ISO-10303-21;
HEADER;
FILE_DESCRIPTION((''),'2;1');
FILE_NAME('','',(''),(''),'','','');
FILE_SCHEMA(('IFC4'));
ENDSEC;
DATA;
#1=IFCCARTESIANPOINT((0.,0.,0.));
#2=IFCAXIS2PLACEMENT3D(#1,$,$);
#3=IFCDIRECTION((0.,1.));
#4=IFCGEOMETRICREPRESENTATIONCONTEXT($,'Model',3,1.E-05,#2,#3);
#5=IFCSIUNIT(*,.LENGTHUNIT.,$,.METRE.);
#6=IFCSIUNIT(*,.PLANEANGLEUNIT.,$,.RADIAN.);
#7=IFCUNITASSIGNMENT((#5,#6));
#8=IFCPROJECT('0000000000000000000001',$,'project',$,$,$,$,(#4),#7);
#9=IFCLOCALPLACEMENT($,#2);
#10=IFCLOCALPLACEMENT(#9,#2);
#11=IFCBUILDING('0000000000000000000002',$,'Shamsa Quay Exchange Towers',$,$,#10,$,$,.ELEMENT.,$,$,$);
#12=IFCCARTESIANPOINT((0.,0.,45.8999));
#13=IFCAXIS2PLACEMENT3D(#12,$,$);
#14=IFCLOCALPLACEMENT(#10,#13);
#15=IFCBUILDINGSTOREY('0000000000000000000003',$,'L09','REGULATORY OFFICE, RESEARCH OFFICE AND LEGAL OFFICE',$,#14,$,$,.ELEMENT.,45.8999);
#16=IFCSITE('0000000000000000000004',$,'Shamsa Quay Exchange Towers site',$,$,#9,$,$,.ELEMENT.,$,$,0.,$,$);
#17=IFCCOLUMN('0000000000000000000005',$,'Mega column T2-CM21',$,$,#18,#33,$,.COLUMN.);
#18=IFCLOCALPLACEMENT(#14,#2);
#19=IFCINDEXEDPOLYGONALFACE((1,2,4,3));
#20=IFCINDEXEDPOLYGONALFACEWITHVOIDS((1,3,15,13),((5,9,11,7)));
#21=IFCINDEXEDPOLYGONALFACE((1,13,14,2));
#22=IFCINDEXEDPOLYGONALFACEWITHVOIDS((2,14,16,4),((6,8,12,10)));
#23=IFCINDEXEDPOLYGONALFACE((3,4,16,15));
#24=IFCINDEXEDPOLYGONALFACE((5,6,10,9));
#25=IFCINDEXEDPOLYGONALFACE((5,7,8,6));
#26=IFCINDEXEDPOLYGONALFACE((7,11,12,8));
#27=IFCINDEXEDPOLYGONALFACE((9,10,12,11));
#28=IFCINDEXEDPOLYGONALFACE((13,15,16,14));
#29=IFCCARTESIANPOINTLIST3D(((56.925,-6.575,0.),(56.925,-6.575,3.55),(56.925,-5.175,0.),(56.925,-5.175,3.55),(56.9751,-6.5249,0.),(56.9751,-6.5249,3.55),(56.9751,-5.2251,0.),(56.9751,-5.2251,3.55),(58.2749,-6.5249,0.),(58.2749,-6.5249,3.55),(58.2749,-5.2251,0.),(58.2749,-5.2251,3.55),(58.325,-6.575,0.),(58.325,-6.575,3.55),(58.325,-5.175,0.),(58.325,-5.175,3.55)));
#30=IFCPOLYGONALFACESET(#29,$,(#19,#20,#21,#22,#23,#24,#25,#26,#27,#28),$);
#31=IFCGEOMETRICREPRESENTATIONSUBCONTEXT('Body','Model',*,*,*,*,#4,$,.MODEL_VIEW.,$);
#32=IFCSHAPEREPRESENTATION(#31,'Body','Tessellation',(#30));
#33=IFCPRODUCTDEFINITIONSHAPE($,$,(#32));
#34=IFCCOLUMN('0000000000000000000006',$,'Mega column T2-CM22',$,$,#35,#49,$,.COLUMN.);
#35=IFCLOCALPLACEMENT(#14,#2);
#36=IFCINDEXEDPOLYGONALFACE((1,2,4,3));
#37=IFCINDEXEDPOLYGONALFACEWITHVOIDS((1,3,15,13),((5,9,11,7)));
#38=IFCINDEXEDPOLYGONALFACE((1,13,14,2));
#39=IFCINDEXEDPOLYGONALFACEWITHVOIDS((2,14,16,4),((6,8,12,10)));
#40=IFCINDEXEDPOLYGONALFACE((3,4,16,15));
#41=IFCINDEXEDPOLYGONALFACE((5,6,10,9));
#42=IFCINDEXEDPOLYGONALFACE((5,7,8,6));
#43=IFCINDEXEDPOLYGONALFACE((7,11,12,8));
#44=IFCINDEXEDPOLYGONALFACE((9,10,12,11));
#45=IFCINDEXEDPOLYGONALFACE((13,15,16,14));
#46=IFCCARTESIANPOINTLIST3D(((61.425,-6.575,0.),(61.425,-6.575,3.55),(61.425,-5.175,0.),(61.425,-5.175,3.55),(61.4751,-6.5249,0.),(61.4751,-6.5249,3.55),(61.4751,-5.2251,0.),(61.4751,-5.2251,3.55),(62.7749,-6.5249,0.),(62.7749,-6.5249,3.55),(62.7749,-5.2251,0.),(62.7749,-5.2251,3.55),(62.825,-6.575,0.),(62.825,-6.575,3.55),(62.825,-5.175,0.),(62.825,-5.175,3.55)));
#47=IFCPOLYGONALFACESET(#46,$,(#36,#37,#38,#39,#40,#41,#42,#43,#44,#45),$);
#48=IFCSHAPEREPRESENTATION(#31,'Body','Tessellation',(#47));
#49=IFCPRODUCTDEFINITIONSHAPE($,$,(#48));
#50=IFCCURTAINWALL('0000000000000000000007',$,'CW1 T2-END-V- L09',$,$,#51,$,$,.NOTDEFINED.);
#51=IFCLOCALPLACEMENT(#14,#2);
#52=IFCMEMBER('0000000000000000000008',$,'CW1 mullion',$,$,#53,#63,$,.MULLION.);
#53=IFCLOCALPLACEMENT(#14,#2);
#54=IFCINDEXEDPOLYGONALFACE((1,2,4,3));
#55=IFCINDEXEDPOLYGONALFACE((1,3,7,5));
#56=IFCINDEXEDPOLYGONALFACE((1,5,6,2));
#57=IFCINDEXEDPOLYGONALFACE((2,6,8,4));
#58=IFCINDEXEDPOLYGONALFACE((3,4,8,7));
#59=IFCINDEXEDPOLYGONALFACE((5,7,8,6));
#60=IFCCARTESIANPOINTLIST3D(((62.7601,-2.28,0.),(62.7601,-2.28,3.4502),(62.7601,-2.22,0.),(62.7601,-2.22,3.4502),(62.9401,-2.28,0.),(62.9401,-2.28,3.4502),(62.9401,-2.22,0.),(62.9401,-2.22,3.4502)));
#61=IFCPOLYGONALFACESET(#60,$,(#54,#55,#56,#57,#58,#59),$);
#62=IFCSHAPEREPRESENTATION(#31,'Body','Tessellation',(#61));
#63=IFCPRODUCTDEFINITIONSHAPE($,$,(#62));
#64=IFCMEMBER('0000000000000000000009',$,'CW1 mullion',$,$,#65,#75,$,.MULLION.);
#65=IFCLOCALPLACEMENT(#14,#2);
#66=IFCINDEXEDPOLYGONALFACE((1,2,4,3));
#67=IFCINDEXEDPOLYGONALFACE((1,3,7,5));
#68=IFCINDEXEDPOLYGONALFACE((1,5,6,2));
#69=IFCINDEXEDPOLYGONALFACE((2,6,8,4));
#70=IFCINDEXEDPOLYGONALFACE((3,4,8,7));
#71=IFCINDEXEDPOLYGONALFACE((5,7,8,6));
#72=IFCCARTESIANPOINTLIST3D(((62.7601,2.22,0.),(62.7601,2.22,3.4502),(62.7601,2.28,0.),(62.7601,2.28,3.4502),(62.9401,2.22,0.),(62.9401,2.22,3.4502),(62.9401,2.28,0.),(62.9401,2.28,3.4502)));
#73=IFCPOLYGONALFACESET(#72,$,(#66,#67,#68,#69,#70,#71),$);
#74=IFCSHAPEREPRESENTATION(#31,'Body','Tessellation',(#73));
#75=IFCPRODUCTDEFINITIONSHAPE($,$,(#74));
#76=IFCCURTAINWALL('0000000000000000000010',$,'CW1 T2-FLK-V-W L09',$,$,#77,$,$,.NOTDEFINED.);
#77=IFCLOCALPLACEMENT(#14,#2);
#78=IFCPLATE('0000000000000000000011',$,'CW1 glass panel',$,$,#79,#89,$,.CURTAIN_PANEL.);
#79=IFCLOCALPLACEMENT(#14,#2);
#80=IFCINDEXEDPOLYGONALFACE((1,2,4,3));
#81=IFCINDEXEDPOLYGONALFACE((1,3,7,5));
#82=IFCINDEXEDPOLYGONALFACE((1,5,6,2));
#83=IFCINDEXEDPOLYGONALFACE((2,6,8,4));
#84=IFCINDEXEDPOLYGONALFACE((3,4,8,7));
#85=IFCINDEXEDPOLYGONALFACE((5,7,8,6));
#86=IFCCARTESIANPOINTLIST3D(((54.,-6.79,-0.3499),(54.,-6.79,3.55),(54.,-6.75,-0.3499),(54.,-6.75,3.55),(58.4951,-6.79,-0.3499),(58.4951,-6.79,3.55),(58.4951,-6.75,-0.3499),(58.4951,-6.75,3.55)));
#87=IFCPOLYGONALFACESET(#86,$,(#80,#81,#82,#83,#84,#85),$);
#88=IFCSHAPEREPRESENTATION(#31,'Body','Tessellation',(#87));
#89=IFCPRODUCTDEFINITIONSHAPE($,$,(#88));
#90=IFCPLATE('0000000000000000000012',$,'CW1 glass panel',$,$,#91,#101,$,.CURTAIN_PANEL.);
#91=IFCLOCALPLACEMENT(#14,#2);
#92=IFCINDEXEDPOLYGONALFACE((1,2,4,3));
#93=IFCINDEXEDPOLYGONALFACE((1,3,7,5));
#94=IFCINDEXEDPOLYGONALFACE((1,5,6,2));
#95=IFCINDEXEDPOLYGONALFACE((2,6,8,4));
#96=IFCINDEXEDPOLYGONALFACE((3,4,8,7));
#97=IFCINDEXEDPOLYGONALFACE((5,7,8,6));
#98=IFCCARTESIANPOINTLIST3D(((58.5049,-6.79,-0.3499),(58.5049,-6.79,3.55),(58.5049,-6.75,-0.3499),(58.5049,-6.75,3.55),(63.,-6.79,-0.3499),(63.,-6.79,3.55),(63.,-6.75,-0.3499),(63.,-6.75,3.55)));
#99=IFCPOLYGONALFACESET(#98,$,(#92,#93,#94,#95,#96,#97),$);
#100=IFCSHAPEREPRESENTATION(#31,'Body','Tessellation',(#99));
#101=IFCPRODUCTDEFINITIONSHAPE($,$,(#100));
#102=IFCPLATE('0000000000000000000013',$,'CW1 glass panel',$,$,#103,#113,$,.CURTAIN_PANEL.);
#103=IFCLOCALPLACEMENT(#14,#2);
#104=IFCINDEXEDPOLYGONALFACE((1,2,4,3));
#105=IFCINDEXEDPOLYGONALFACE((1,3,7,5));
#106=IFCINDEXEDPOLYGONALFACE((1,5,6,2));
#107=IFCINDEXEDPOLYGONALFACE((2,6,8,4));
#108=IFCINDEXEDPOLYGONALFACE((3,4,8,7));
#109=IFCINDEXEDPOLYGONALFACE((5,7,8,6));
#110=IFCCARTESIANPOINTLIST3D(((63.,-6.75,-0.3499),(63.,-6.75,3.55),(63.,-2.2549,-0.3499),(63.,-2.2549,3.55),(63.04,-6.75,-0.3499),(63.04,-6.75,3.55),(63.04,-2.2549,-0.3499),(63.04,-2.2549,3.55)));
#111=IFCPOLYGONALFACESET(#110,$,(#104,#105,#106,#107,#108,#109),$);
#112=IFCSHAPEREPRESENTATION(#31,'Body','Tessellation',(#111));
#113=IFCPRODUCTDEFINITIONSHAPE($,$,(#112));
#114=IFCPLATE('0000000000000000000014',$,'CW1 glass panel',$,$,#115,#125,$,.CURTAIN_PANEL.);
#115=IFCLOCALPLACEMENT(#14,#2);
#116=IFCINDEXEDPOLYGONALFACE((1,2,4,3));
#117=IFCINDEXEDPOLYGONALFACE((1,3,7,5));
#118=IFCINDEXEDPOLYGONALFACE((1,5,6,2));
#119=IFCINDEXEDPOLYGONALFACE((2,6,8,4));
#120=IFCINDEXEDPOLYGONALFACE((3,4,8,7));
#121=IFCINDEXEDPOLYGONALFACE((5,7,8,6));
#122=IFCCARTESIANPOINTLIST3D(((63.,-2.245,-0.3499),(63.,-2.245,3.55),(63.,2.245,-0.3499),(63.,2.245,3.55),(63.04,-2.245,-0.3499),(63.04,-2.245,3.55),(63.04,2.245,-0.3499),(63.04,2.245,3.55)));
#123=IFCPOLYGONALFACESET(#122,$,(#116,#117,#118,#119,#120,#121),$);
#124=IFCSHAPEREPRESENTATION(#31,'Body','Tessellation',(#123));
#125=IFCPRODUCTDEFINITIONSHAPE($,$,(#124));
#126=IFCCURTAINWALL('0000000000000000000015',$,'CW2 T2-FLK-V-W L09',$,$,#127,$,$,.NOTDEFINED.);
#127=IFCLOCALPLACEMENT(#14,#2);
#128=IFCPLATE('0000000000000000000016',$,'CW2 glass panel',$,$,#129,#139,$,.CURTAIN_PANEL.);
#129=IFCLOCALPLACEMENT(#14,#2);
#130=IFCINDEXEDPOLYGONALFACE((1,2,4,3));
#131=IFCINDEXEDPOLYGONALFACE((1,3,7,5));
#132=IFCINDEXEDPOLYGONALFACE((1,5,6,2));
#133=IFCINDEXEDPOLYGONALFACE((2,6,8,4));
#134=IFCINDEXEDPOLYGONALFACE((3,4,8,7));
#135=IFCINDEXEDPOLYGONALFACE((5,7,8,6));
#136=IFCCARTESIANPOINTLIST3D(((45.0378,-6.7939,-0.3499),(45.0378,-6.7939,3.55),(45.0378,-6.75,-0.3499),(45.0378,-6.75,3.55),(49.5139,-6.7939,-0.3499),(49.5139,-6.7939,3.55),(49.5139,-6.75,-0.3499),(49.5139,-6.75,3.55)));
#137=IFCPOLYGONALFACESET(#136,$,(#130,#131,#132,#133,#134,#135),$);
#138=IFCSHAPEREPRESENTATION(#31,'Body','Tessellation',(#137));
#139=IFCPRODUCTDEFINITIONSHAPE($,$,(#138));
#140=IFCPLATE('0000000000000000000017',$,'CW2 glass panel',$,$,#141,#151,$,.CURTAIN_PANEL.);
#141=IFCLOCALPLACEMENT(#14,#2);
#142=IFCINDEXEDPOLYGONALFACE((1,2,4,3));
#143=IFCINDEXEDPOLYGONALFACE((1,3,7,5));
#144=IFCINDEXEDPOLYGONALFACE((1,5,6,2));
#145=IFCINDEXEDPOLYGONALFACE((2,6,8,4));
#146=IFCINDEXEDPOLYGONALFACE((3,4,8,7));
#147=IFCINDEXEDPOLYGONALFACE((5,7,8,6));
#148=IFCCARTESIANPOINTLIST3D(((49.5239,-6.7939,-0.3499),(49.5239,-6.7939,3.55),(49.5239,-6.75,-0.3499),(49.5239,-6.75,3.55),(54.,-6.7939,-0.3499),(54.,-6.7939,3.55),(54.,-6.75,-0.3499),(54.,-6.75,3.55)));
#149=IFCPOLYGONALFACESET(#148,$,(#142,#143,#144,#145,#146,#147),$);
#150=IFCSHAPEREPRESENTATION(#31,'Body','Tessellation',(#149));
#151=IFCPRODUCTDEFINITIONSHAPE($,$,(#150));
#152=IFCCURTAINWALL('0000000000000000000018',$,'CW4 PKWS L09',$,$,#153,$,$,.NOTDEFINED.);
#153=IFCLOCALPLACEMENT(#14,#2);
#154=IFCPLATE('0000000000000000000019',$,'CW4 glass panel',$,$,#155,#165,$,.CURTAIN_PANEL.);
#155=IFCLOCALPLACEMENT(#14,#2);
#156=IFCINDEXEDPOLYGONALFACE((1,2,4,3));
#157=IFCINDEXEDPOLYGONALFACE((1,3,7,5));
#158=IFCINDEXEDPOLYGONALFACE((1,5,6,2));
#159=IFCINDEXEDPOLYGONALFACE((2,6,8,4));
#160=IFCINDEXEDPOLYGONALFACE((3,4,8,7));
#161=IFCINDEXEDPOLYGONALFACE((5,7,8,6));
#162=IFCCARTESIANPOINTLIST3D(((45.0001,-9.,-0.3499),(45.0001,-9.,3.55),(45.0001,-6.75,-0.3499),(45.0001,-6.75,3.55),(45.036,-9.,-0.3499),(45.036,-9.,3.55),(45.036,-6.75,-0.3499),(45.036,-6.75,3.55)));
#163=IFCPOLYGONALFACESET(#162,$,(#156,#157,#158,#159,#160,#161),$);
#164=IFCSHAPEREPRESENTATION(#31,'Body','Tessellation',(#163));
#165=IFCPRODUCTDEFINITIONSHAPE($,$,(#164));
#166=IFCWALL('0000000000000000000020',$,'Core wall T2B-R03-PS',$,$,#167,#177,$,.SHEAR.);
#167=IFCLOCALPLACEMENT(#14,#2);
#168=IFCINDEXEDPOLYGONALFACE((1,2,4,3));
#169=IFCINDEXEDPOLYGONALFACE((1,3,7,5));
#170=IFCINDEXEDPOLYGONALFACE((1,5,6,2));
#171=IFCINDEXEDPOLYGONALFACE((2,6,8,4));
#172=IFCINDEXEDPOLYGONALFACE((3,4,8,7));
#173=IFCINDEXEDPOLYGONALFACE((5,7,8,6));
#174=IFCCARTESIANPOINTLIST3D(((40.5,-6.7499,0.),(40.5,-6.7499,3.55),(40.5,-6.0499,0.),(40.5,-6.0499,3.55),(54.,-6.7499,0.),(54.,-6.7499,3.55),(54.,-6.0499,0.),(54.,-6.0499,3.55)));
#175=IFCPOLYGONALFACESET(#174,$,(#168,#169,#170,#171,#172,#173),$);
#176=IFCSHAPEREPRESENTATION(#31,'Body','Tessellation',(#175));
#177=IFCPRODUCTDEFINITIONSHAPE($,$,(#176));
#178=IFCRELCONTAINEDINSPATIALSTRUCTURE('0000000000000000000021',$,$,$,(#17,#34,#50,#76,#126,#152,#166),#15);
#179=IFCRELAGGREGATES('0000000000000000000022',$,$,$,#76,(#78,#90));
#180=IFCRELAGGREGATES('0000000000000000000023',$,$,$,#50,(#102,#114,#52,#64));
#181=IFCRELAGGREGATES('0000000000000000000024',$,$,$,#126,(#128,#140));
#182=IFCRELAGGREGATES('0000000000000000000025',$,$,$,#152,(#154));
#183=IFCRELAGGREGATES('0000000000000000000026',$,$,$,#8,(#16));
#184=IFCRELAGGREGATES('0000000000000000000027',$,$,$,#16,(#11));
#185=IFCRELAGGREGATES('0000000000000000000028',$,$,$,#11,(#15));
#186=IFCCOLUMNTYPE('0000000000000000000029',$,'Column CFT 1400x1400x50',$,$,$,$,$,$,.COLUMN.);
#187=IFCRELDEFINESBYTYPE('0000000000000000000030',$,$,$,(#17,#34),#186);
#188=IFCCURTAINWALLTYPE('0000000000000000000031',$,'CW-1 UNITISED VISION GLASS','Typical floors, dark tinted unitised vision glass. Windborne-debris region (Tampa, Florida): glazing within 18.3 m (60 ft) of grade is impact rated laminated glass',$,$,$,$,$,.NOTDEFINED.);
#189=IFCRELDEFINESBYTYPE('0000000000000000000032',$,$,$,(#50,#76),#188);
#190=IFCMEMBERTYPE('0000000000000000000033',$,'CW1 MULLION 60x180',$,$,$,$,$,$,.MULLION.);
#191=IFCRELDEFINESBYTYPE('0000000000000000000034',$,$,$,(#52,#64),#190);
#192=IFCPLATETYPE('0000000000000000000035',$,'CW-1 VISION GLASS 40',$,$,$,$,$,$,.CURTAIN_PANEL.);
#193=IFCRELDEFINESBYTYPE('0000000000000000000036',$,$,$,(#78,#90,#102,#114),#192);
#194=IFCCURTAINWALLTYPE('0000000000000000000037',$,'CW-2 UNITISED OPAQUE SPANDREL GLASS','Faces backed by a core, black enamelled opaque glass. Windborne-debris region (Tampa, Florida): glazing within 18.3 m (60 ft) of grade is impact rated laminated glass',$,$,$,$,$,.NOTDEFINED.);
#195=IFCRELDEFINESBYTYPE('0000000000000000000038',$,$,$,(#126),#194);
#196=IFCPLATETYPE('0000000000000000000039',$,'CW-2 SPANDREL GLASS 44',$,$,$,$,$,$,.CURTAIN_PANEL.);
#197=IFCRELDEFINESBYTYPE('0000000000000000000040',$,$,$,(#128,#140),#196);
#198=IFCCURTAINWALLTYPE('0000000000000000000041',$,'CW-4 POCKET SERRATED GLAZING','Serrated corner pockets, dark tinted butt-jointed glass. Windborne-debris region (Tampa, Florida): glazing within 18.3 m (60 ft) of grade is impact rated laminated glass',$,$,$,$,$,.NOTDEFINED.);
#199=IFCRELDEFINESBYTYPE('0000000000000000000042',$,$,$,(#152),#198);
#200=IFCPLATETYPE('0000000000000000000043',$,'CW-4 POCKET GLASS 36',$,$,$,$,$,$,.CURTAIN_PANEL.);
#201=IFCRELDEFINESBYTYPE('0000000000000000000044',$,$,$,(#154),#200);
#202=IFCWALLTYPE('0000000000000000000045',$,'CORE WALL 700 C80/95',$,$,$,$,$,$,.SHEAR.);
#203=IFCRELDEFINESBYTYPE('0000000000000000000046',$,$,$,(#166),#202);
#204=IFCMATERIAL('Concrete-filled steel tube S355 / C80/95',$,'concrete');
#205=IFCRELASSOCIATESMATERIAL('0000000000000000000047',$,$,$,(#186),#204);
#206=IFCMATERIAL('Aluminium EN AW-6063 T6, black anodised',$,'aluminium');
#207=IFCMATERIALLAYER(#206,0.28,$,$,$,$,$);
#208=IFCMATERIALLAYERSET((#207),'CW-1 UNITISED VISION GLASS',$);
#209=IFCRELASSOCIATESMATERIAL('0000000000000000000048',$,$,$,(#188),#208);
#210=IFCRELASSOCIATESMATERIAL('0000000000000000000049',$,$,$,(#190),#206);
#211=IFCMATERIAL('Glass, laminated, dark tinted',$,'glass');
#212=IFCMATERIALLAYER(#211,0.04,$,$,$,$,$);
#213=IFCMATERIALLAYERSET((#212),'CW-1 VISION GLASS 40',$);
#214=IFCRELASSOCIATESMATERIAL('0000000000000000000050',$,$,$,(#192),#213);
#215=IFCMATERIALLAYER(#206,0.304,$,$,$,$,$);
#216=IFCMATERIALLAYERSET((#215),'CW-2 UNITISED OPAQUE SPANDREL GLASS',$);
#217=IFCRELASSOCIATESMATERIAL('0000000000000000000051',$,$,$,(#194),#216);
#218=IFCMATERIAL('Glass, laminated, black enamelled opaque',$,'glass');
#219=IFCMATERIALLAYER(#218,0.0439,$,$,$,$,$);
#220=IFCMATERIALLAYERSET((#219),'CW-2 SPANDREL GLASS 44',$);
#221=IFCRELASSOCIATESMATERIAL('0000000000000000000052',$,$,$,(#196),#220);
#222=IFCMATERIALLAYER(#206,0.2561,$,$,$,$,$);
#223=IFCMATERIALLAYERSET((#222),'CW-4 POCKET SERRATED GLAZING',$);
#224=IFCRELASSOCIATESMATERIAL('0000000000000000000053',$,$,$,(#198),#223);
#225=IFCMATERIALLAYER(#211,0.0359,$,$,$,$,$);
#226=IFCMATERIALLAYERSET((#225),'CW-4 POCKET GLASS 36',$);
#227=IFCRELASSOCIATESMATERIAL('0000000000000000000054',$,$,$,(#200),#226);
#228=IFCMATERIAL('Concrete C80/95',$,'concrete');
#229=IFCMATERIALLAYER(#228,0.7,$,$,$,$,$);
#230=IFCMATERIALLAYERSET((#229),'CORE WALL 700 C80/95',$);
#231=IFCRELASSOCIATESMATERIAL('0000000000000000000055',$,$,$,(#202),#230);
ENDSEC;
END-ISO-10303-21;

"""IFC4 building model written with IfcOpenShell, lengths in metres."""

from ifc_helpers import new_model, si_unit, direction, frame, frame_2d, origin, origin_2d, place, context, subcontext, project, spatial, rectangle, hollow_rectangle, extrude, material, layer, layer_set, material_profile, profile_set, type_object, element, aggregate, save


model = new_model("IFC4")

# Units and contexts
model_context = context("Model", 3, precision=1e-05, world=origin(), true_north=direction((0.0, 1.0)))
body_context = subcontext(model_context, "Body", "Model", "MODEL_VIEW")
ifc_project = project(units=[si_unit("LENGTHUNIT", "METRE"), si_unit("PLANEANGLEUNIT", "RADIAN")], contexts=[model_context])

# Site, building, storey
site_placement = place(None, origin())
site = spatial("IfcSite", under=ifc_project, at=site_placement, Name="Shamsa Quay Exchange Towers site", CompositionType="ELEMENT", RefElevation=0.0)
building_placement = place(site_placement, origin())
building = spatial("IfcBuilding", under=site, at=building_placement, Name="Shamsa Quay Exchange Towers", CompositionType="ELEMENT")
storey_placement = place(building_placement, frame((0.0, 0.0, 45.8999)))
storey = spatial("IfcBuildingStorey", under=building, at=storey_placement, Name="L09", Description="REGULATORY OFFICE, RESEARCH OFFICE AND LEGAL OFFICE", CompositionType="ELEMENT", Elevation=45.8999)

# Columns
ifc_material_1 = material(Name="Concrete-filled steel tube S355 / C80/95", Category="concrete")
ifc_material_profile_1 = material_profile(ifc_material_1, hollow_rectangle(XDim=1.3999, YDim=1.3999, WallThickness=0.05, at=origin_2d()), Name="CFT 1400x1400x50")
ifc_profile_set_1 = profile_set([ifc_material_profile_1], Name="Concrete-filled steel tube S355 / C80/95")
column_type = type_object("IfcColumnType", Name="Column CFT 1400x1400x50", PredefinedType="COLUMN", material=ifc_profile_set_1)
for number, where, name in (
    (1, (57.625, -5.875, 0.0), "Mega column T2-CM21"),
    (2, (62.125, -5.875, 0.0), "Mega column T2-CM22"),
):
    element("IfcColumn", number, at=place(storey_placement, frame(where)), inside=storey, type_object=column_type, Name=name, PredefinedType="COLUMN", context=body_context, shape_type="SweptSolid", body=[
        extrude(hollow_rectangle(XDim=1.3999, YDim=1.3999, WallThickness=0.05, at=origin_2d()), origin(), (0.0, 0.0, 1.0), 3.55),
    ])

# Curtain wall, members
ifc_material_2 = material(Name="Aluminium EN AW-6063 T6, black anodised", Category="aluminium")
ifc_layer_1 = layer(ifc_material_2, 0.28)
ifc_layer_set_1 = layer_set([ifc_layer_1], Name="CW-1 UNITISED VISION GLASS")
curtain_wall_type_1 = type_object("IfcCurtainWallType", Name="CW-1 UNITISED VISION GLASS", Description="Typical floors, dark tinted unitised vision glass. Windborne-debris region (Tampa, Florida): glazing within 18.3 m (60 ft) of grade is impact rated laminated glass", PredefinedType="NOTDEFINED", material=ifc_layer_set_1)
curtain_wall_1_placement = place(storey_placement, origin())
curtain_wall_1 = element("IfcCurtainWall", 3, at=curtain_wall_1_placement, inside=storey, type_object=curtain_wall_type_1, Name="CW1 T2-END-V- L09", PredefinedType="NOTDEFINED")
ifc_material_profile_2 = material_profile(ifc_material_2, rectangle(XDim=0.1799, YDim=0.0601, at=origin_2d()), Name="MU60x180")
ifc_profile_set_2 = profile_set([ifc_material_profile_2], Name="Aluminium EN AW-6063 T6, black anodised")
member_type = type_object("IfcMemberType", Name="CW1 MULLION 60x180", PredefinedType="MULLION", material=ifc_profile_set_2)
member_1_placement = place(storey_placement, frame((62.8501, -2.25, 0.0), z_axis=(0.0, 0.0, 1.0), x_axis=(-1.0, 0.0, 0.0)))
member_1 = element("IfcMember", 4, at=member_1_placement, type_object=member_type, Name="CW1 mullion", PredefinedType="MULLION", context=body_context, shape_type="SweptSolid", body=[
    extrude(rectangle(XDim=0.1799, YDim=0.0601, at=origin_2d()), origin(), (0.0, 0.0, 1.0), 3.4502),
])
member_2_placement = place(storey_placement, frame((62.8501, 2.25, 0.0), z_axis=(0.0, 0.0, 1.0), x_axis=(-1.0, 0.0, 0.0)))
member_2 = element("IfcMember", 5, at=member_2_placement, type_object=member_type, Name="CW1 mullion", PredefinedType="MULLION", context=body_context, shape_type="SweptSolid", body=[
    extrude(rectangle(XDim=0.1799, YDim=0.0601, at=origin_2d()), origin(), (0.0, 0.0, 1.0), 3.4502),
])

# Curtain wall, plates
curtain_wall_2_placement = place(storey_placement, origin())
curtain_wall_2 = element("IfcCurtainWall", 6, at=curtain_wall_2_placement, inside=storey, type_object=curtain_wall_type_1, Name="CW1 T2-FLK-V-W L09", PredefinedType="NOTDEFINED")
ifc_material_3 = material(Name="Glass, laminated, dark tinted", Category="glass")
ifc_layer_2 = layer(ifc_material_3, 0.04)
ifc_layer_set_2 = layer_set([ifc_layer_2], Name="CW-1 VISION GLASS 40")
plate_type_1 = type_object("IfcPlateType", Name="CW-1 VISION GLASS 40", PredefinedType="CURTAIN_PANEL", material=ifc_layer_set_2)
plate_1_placement = place(storey_placement, frame((56.2476, -6.77, -0.3499)))
plate_1 = element("IfcPlate", 7, at=plate_1_placement, type_object=plate_type_1, Name="CW1 glass panel", PredefinedType="CURTAIN_PANEL", context=body_context, shape_type="SweptSolid", body=[
    extrude(rectangle(XDim=4.4951, YDim=0.04, at=origin_2d()), origin(), (0.0, 0.0, 1.0), 3.8999),
])
plate_2_placement = place(storey_placement, frame((60.7524, -6.77, -0.3499)))
plate_2 = element("IfcPlate", 8, at=plate_2_placement, type_object=plate_type_1, Name="CW1 glass panel", PredefinedType="CURTAIN_PANEL", context=body_context, shape_type="SweptSolid", body=[
    extrude(rectangle(XDim=4.4951, YDim=0.04, at=origin_2d()), origin(), (0.0, 0.0, 1.0), 3.8999),
])
aggregate(curtain_wall_2, [plate_1, plate_2])

# Plates
plate_3_placement = place(storey_placement, frame((63.02, -4.5024, -0.3499), z_axis=(0.0, 0.0, 1.0), x_axis=(0.0, 1.0, 0.0)))
plate_3 = element("IfcPlate", 9, at=plate_3_placement, type_object=plate_type_1, Name="CW1 glass panel", PredefinedType="CURTAIN_PANEL", context=body_context, shape_type="SweptSolid", body=[
    extrude(rectangle(XDim=4.4951, YDim=0.04, at=origin_2d()), origin(), (0.0, 0.0, 1.0), 3.8999),
])
plate_4_placement = place(storey_placement, frame((63.02, 0.0, -0.3499), z_axis=(0.0, 0.0, 1.0), x_axis=(0.0, 1.0, 0.0)))
plate_4 = element("IfcPlate", 10, at=plate_4_placement, type_object=plate_type_1, Name="CW1 glass panel", PredefinedType="CURTAIN_PANEL", context=body_context, shape_type="SweptSolid", body=[
    extrude(rectangle(XDim=4.49, YDim=0.04, at=origin_2d()), origin(), (0.0, 0.0, 1.0), 3.8999),
])
aggregate(curtain_wall_1, [plate_3, plate_4, member_1, member_2])

# Curtain wall, plates
ifc_layer_3 = layer(ifc_material_2, 0.304)
ifc_layer_set_3 = layer_set([ifc_layer_3], Name="CW-2 UNITISED OPAQUE SPANDREL GLASS")
curtain_wall_type_2 = type_object("IfcCurtainWallType", Name="CW-2 UNITISED OPAQUE SPANDREL GLASS", Description="Faces backed by a core, black enamelled opaque glass. Windborne-debris region (Tampa, Florida): glazing within 18.3 m (60 ft) of grade is impact rated laminated glass", PredefinedType="NOTDEFINED", material=ifc_layer_set_3)
curtain_wall_3_placement = place(storey_placement, origin())
curtain_wall_3 = element("IfcCurtainWall", 11, at=curtain_wall_3_placement, inside=storey, type_object=curtain_wall_type_2, Name="CW2 T2-FLK-V-W L09", PredefinedType="NOTDEFINED")
ifc_material_4 = material(Name="Glass, laminated, black enamelled opaque", Category="glass")
ifc_layer_4 = layer(ifc_material_4, 0.0439)
ifc_layer_set_4 = layer_set([ifc_layer_4], Name="CW-2 SPANDREL GLASS 44")
plate_type_2 = type_object("IfcPlateType", Name="CW-2 SPANDREL GLASS 44", PredefinedType="CURTAIN_PANEL", material=ifc_layer_set_4)
plate_5_placement = place(storey_placement, frame((47.2759, -6.772, -0.3499)))
plate_5 = element("IfcPlate", 12, at=plate_5_placement, type_object=plate_type_2, Name="CW2 glass panel", PredefinedType="CURTAIN_PANEL", context=body_context, shape_type="SweptSolid", body=[
    extrude(rectangle(XDim=4.4761, YDim=0.0439, at=origin_2d()), origin(), (0.0, 0.0, 1.0), 3.8999),
])
plate_6_placement = place(storey_placement, frame((51.762, -6.772, -0.3499)))
plate_6 = element("IfcPlate", 13, at=plate_6_placement, type_object=plate_type_2, Name="CW2 glass panel", PredefinedType="CURTAIN_PANEL", context=body_context, shape_type="SweptSolid", body=[
    extrude(rectangle(XDim=4.4761, YDim=0.0439, at=origin_2d()), origin(), (0.0, 0.0, 1.0), 3.8999),
])
aggregate(curtain_wall_3, [plate_5, plate_6])

# Curtain wall, plate
ifc_layer_5 = layer(ifc_material_2, 0.2561)
ifc_layer_set_5 = layer_set([ifc_layer_5], Name="CW-4 POCKET SERRATED GLAZING")
curtain_wall_type_3 = type_object("IfcCurtainWallType", Name="CW-4 POCKET SERRATED GLAZING", Description="Serrated corner pockets, dark tinted butt-jointed glass. Windborne-debris region (Tampa, Florida): glazing within 18.3 m (60 ft) of grade is impact rated laminated glass", PredefinedType="NOTDEFINED", material=ifc_layer_set_5)
curtain_wall_4_placement = place(storey_placement, origin())
curtain_wall_4 = element("IfcCurtainWall", 14, at=curtain_wall_4_placement, inside=storey, type_object=curtain_wall_type_3, Name="CW4 PKWS L09", PredefinedType="NOTDEFINED")
ifc_layer_6 = layer(ifc_material_3, 0.0359)
ifc_layer_set_6 = layer_set([ifc_layer_6], Name="CW-4 POCKET GLASS 36")
plate_type_3 = type_object("IfcPlateType", Name="CW-4 POCKET GLASS 36", PredefinedType="CURTAIN_PANEL", material=ifc_layer_set_6)
plate_7_placement = place(storey_placement, frame((45.0181, -7.875, -0.3499), z_axis=(0.0, 0.0, 1.0), x_axis=(0.0, 1.0, 0.0)))
plate_7 = element("IfcPlate", 15, at=plate_7_placement, type_object=plate_type_3, Name="CW4 glass panel", PredefinedType="CURTAIN_PANEL", context=body_context, shape_type="SweptSolid", body=[
    extrude(rectangle(XDim=2.25, YDim=0.0359, at=origin_2d()), origin(), (0.0, 0.0, 1.0), 3.8999),
])
aggregate(curtain_wall_4, [plate_7])

# Wall
ifc_material_5 = material(Name="Concrete C80/95", Category="concrete")
ifc_layer_7 = layer(ifc_material_5, 0.7)
ifc_layer_set_7 = layer_set([ifc_layer_7], Name="CORE WALL 700 C80/95")
wall_type_1 = type_object("IfcWallType", Name="CORE WALL 700 C80/95", PredefinedType="SHEAR", material=ifc_layer_set_7)
wall_1_placement = place(storey_placement, frame((54.0, -6.3999, 0.0), z_axis=(0.0, 0.0, 1.0), x_axis=(-1.0, 0.0, 0.0)))
element("IfcWall", 16, at=wall_1_placement, inside=storey, type_object=wall_type_1, Name="Core wall T2B-R03-PS", PredefinedType="SHEAR", context=body_context, shape_type="SweptSolid", body=[
    extrude(rectangle(XDim=13.5, YDim=0.7, at=frame_2d((6.75, 0.0))), origin(), (0.0, 0.0, 1.0), 3.55),
])

save(model, "model.ifc")
